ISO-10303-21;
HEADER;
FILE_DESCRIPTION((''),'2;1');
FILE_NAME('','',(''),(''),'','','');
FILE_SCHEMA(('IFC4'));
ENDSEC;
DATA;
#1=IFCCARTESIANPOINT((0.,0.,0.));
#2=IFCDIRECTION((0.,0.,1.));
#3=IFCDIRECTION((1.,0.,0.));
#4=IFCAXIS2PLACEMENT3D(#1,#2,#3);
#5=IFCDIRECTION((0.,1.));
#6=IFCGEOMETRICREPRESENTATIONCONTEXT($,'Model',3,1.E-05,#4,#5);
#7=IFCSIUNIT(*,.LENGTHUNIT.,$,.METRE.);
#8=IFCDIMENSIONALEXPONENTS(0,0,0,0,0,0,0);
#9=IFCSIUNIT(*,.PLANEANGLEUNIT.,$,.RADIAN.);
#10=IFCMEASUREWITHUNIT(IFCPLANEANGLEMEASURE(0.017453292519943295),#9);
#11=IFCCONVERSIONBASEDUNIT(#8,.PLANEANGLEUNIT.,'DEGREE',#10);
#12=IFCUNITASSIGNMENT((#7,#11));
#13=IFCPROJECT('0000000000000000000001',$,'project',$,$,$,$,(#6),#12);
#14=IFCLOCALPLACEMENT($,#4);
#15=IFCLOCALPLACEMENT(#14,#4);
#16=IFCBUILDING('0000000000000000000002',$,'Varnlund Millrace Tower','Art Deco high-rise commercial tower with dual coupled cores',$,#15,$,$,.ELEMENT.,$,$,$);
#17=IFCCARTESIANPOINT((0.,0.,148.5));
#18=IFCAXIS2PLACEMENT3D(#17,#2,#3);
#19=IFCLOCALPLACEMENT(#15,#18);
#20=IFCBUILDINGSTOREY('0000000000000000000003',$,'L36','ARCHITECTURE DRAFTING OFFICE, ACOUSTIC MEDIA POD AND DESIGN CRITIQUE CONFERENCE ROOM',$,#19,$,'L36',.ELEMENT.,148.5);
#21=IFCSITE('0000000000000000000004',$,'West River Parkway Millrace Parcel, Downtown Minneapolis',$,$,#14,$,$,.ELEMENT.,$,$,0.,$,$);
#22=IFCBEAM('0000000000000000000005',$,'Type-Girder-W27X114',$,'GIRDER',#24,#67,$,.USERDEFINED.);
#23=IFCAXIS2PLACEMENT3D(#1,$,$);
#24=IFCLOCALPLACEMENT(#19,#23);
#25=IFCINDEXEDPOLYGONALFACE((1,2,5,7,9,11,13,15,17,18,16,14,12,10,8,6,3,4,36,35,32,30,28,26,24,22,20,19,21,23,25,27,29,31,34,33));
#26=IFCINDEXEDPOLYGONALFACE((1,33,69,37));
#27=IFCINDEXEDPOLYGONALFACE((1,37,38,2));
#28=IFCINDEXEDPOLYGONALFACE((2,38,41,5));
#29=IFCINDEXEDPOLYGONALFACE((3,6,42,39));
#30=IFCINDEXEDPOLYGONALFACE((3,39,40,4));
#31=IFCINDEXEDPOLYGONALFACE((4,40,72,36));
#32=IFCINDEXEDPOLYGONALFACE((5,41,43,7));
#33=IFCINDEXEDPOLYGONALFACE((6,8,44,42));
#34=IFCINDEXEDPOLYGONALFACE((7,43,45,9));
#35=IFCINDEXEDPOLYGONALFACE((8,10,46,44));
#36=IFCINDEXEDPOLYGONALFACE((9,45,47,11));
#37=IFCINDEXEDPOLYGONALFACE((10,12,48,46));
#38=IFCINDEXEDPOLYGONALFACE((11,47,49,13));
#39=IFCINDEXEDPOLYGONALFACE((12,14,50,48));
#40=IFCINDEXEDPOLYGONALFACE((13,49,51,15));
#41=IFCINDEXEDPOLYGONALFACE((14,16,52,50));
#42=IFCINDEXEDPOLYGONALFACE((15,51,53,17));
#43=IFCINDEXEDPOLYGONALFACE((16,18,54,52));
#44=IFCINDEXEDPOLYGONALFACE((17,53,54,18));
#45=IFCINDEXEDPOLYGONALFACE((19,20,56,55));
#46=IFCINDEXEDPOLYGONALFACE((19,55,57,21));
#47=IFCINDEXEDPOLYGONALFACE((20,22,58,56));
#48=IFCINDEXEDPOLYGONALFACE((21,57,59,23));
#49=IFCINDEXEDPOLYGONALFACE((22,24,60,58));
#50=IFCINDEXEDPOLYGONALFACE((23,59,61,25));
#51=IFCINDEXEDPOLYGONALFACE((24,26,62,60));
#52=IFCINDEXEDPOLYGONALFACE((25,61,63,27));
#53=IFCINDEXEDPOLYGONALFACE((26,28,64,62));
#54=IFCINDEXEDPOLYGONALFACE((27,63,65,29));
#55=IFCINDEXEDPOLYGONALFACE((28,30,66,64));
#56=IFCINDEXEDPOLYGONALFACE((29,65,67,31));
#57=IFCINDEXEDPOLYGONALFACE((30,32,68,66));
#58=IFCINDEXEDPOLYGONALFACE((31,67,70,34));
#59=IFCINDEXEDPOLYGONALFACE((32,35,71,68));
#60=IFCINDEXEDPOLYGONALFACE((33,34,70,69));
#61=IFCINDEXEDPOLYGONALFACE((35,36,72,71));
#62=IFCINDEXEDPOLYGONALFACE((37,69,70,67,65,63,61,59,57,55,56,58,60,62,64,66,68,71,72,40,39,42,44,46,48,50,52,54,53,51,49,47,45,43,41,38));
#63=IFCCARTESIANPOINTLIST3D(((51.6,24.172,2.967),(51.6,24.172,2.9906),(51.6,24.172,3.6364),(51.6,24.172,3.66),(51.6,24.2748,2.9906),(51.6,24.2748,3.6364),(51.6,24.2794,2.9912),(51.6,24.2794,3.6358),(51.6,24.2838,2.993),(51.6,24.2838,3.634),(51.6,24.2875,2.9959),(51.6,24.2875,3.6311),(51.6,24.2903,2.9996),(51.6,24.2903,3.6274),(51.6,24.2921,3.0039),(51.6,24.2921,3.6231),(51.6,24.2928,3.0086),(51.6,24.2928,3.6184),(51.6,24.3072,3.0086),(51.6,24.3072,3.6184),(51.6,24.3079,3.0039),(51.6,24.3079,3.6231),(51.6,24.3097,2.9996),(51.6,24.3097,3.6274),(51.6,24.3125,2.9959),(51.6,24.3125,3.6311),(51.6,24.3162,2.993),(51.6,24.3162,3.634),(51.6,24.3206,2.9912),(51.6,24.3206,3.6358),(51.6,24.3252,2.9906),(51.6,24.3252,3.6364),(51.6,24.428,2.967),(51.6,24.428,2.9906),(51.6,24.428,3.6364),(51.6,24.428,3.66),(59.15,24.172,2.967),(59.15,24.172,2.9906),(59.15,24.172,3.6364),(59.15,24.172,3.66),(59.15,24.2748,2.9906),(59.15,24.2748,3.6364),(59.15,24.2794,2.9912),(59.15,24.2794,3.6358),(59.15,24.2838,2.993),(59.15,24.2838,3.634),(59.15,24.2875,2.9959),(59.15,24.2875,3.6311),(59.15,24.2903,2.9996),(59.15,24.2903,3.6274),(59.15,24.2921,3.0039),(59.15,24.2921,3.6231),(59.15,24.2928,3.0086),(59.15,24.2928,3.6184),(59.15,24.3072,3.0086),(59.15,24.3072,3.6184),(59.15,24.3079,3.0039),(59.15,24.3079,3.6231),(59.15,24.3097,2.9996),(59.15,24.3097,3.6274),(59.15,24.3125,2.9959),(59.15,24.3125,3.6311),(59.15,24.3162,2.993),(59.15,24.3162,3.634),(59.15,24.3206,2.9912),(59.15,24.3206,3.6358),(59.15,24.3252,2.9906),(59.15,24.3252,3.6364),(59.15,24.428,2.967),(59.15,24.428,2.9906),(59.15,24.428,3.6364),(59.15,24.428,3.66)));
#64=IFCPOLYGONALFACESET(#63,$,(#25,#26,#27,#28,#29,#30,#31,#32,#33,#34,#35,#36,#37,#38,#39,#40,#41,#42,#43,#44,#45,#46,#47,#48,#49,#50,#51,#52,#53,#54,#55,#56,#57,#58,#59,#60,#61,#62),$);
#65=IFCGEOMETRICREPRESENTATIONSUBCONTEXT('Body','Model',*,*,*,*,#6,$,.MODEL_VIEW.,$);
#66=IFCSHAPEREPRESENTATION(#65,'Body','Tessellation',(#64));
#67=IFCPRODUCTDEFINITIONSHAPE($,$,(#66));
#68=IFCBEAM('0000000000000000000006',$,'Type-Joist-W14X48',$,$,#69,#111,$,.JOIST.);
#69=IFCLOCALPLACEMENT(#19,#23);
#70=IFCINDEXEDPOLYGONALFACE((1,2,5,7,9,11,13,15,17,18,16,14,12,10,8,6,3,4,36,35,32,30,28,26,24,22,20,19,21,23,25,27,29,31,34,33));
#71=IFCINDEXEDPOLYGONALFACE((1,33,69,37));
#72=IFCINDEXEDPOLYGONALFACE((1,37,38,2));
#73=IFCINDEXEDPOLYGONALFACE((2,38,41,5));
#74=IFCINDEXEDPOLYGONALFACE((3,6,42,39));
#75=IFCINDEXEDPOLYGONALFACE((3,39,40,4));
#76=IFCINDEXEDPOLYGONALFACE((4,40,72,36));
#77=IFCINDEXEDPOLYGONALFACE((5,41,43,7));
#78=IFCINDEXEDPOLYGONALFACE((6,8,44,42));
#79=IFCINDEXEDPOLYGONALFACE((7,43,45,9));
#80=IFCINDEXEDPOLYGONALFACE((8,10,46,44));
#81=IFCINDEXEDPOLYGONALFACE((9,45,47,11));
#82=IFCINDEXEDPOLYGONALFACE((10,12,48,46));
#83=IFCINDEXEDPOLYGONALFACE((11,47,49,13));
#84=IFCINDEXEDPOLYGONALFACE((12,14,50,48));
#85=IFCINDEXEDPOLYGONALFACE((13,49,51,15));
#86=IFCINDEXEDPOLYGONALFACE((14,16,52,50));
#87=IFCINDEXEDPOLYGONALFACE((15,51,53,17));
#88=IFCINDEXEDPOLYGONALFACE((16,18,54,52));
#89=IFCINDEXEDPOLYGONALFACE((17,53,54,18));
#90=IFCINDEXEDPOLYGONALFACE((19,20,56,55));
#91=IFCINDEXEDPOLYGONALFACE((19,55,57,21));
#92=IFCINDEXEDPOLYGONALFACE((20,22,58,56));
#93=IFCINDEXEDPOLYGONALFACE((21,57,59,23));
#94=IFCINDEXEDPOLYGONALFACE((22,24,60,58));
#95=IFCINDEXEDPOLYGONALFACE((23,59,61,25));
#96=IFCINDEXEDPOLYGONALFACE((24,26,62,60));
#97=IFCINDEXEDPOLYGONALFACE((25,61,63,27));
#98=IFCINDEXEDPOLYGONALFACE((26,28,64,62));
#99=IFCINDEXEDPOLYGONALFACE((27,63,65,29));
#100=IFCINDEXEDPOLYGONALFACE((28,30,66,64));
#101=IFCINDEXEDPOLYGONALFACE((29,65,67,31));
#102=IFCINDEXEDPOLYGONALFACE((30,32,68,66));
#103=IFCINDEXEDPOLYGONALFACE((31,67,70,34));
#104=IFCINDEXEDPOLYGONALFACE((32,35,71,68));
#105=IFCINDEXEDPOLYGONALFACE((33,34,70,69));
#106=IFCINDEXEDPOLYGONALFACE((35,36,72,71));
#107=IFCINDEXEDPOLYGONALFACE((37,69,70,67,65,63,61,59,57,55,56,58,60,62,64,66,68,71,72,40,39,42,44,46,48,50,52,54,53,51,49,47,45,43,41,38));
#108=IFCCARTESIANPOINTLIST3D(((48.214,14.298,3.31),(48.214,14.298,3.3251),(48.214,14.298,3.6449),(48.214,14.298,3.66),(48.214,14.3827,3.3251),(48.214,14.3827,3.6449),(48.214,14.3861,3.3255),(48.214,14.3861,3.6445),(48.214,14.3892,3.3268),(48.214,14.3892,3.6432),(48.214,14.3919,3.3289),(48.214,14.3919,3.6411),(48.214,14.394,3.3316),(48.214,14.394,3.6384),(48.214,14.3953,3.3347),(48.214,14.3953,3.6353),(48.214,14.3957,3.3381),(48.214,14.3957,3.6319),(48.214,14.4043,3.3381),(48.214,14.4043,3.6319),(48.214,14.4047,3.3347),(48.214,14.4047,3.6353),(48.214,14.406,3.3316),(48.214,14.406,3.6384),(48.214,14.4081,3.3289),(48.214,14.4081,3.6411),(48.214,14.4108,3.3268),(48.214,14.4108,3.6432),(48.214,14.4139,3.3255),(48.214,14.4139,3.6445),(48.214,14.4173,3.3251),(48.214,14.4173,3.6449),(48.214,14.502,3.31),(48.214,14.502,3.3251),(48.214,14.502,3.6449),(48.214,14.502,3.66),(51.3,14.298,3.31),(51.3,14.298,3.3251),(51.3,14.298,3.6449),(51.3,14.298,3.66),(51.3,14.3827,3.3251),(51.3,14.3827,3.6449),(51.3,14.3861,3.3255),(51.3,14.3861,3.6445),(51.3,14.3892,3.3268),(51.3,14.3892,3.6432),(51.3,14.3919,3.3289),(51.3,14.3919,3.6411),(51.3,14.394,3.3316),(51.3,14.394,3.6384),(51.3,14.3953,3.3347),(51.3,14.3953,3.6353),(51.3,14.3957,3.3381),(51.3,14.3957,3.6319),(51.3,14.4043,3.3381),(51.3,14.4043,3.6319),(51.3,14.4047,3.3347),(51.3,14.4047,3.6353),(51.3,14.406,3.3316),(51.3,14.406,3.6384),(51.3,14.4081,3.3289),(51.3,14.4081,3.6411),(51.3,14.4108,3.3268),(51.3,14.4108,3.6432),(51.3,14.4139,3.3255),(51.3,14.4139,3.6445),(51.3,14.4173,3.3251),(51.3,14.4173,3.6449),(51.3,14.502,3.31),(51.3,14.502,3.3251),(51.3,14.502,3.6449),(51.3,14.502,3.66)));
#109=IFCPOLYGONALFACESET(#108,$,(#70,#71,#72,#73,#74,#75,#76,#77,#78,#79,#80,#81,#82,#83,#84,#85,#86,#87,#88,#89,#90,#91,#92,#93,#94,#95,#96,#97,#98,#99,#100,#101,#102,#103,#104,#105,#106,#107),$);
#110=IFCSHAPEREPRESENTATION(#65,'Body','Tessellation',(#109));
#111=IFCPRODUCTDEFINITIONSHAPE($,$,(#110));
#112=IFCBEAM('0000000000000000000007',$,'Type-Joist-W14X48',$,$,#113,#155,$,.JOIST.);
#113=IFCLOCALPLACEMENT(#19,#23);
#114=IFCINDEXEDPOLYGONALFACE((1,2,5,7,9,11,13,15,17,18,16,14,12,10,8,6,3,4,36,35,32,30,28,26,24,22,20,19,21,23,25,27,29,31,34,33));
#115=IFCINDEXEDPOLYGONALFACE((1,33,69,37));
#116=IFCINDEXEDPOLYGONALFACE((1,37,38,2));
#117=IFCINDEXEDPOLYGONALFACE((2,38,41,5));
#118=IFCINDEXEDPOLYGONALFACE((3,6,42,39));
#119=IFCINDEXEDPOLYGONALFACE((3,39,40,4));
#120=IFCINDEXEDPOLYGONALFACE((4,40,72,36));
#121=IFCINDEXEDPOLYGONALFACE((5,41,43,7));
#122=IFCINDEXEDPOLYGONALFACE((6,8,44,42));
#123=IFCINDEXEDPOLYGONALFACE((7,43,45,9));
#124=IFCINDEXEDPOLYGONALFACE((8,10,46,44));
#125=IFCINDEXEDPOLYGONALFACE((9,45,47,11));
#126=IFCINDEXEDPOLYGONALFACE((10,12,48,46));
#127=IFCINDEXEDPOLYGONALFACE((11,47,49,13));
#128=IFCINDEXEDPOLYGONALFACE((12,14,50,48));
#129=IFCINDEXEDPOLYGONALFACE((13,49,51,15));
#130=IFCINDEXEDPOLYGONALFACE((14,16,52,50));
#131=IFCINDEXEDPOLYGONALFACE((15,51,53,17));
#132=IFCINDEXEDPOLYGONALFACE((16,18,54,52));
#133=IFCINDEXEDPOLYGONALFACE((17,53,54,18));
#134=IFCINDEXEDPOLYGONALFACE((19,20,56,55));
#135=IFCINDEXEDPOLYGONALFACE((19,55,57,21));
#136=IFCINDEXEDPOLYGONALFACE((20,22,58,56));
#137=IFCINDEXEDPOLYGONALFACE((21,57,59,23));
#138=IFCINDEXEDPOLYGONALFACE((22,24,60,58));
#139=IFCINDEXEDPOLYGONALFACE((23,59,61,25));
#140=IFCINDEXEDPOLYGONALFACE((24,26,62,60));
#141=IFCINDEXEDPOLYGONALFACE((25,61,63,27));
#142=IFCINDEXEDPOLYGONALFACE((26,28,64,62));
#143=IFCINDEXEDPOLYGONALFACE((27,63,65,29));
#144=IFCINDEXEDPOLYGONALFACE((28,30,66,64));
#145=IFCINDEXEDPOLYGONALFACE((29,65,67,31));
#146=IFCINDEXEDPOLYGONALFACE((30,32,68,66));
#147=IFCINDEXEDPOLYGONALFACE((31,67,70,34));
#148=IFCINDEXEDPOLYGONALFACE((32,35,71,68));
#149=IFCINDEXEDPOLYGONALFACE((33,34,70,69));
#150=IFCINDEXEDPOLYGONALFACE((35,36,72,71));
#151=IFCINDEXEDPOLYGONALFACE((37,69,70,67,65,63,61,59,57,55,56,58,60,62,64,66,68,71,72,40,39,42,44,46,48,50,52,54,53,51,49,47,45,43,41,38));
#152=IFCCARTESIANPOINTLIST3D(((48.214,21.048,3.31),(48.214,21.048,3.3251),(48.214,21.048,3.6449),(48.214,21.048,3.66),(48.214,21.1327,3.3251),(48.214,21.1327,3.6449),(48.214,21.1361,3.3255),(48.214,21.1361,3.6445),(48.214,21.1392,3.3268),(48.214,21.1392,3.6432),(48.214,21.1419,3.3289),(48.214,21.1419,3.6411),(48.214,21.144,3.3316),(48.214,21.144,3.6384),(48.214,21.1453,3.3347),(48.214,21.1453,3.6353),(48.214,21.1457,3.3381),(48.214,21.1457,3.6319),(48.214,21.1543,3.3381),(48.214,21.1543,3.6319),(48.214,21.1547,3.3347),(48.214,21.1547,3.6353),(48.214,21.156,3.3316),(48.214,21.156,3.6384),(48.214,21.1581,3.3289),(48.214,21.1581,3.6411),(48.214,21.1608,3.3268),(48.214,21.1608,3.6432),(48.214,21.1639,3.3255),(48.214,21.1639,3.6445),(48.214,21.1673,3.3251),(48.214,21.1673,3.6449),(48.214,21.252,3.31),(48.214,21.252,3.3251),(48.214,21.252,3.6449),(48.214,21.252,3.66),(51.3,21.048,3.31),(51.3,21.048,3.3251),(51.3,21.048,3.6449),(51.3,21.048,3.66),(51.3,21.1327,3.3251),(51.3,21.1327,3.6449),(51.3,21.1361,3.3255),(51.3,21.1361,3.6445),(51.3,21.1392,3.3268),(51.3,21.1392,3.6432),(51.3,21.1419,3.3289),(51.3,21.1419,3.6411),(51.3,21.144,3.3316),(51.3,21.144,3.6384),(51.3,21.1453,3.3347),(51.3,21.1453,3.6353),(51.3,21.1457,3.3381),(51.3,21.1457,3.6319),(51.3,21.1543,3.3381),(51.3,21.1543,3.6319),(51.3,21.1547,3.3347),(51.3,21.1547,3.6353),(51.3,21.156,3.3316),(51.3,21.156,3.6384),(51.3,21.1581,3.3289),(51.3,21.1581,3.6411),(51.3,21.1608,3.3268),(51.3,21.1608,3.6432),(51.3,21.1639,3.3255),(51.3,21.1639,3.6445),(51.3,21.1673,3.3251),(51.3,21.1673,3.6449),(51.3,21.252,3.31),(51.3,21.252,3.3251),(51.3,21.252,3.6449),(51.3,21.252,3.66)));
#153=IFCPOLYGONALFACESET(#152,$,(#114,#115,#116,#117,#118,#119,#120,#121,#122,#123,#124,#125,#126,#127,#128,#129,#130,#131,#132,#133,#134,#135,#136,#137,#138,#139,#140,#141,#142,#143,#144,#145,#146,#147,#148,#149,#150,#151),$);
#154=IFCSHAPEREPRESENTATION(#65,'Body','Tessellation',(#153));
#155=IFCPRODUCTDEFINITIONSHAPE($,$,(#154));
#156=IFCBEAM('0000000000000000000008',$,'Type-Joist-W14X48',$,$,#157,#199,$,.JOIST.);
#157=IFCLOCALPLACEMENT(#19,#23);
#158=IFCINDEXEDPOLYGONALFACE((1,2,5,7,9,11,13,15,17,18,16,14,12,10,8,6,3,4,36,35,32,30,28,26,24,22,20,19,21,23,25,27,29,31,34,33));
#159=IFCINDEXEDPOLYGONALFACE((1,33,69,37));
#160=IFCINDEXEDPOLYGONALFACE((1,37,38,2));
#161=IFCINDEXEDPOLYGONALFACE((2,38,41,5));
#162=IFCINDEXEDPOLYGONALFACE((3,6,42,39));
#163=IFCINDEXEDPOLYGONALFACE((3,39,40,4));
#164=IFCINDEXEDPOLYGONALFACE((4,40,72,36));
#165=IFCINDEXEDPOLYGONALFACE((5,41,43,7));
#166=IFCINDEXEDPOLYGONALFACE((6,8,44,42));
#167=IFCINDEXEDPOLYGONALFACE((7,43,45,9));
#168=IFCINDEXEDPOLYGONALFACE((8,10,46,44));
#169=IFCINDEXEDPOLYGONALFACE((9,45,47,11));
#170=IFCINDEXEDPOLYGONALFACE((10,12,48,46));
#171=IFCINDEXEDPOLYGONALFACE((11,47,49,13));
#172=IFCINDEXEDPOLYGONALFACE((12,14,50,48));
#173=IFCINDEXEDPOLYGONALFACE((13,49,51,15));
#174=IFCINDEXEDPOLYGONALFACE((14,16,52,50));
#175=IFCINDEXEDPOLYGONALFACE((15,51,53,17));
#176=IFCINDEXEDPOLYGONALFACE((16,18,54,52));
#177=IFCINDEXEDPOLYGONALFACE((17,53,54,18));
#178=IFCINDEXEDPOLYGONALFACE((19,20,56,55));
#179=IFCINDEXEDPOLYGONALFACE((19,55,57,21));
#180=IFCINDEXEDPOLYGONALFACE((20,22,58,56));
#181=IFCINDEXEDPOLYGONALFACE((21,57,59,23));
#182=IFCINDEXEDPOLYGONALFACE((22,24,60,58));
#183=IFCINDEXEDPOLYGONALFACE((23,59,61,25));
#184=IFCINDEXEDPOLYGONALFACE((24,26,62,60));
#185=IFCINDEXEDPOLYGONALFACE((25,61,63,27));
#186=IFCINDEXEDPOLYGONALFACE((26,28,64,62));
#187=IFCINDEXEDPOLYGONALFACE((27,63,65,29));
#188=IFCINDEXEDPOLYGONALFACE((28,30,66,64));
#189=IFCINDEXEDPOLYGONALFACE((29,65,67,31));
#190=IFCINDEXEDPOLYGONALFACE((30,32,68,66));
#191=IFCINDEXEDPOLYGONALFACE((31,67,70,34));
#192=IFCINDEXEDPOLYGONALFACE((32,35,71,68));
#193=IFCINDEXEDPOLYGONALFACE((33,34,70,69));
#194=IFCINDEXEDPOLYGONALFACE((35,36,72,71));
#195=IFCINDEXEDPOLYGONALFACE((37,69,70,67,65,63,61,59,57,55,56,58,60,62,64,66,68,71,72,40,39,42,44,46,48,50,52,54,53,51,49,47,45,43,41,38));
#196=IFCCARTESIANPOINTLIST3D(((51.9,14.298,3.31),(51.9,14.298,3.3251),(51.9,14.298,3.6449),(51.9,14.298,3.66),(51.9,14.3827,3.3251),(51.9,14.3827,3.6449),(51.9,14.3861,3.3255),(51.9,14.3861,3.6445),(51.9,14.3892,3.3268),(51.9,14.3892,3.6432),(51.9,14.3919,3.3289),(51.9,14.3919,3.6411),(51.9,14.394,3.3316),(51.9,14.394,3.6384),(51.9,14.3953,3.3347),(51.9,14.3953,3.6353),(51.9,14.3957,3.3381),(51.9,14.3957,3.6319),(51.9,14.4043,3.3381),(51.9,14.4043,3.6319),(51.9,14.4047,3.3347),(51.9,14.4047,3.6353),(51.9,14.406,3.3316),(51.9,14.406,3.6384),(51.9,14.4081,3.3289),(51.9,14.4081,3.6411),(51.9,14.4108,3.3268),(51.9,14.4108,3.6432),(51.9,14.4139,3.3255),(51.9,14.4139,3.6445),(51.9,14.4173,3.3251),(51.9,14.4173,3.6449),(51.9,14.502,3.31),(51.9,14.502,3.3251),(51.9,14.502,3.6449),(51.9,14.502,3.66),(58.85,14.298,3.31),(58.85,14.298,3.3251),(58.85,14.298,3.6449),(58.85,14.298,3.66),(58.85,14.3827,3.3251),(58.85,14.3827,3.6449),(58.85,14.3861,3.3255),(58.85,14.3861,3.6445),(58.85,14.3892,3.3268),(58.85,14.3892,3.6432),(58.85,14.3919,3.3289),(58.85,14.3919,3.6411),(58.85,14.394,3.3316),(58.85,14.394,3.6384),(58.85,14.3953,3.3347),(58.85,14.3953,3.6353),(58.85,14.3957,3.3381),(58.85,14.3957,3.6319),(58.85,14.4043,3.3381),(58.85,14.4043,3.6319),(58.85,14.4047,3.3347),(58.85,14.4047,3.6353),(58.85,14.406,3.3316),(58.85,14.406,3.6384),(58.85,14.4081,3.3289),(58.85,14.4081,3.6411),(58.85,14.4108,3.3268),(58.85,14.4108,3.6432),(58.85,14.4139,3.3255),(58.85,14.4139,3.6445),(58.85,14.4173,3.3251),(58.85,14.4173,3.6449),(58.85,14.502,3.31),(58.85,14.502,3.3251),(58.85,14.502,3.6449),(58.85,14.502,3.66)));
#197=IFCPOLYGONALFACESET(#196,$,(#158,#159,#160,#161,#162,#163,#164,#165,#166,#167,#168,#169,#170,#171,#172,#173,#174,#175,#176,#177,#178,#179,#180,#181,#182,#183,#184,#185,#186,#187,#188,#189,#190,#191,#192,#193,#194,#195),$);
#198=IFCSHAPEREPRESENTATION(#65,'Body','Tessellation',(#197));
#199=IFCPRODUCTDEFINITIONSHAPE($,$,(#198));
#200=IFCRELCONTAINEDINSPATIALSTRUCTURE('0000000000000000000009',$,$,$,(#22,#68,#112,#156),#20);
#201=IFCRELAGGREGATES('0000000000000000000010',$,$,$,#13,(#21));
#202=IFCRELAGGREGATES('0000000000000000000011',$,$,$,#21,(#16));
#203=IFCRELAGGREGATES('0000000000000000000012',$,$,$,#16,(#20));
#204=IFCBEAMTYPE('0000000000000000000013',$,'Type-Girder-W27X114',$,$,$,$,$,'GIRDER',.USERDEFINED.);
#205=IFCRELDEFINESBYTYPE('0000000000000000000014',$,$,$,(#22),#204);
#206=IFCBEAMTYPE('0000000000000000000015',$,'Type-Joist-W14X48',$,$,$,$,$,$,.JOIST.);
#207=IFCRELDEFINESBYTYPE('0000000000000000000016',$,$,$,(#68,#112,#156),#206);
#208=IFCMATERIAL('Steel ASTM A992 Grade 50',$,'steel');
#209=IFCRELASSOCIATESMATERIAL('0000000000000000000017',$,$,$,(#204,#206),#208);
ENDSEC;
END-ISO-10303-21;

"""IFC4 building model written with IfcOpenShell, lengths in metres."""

from ifc_helpers import new_model, entity, si_unit, converted_unit, direction, frame, origin_with_axes, origin_2d_with_axis, place, context, subcontext, project, spatial, i_section, extrude, material, material_profile, profile_set, type_object, element, save


model = new_model("IFC4")

# Units and contexts
model_context = context("Model", 3, precision=1e-05, world=origin_with_axes(), true_north=direction((0.0, 1.0)))
body_context = subcontext(model_context, "Body", "Model", "MODEL_VIEW")
ifc_project = project(units=[si_unit("LENGTHUNIT", "METRE"), converted_unit("PLANEANGLEUNIT", "DEGREE", entity("IfcPlaneAngleMeasure", 0.017453292519943295), si_unit("PLANEANGLEUNIT", "RADIAN"), dimensions=[0, 0, 0, 0, 0, 0, 0])], contexts=[model_context])

# Site, building, storey
site_placement = place(None, origin_with_axes())
site = spatial("IfcSite", under=ifc_project, at=site_placement, Name="West River Parkway Millrace Parcel, Downtown Minneapolis", CompositionType="ELEMENT", RefElevation=0.0)
building_placement = place(site_placement, origin_with_axes())
building = spatial("IfcBuilding", under=site, at=building_placement, Name="Varnlund Millrace Tower", Description="Art Deco high-rise commercial tower with dual coupled cores", CompositionType="ELEMENT")
storey_placement = place(building_placement, frame((0.0, 0.0, 148.5), z_axis=(0.0, 0.0, 1.0), x_axis=(1.0, 0.0, 0.0)))
storey = spatial("IfcBuildingStorey", under=building, at=storey_placement, Name="L36", Description="ARCHITECTURE DRAFTING OFFICE, ACOUSTIC MEDIA POD AND DESIGN CRITIQUE CONFERENCE ROOM", LongName="L36", CompositionType="ELEMENT", Elevation=148.5)

# Beams
ifc_material_1 = material(Name="Steel ASTM A992 Grade 50", Category="steel")
ifc_material_profile_1 = material_profile(ifc_material_1, i_section(OverallWidth=0.256, OverallDepth=0.693, WebThickness=0.0145, FlangeThickness=0.0236, FilletRadius=0.018, at=origin_2d_with_axis()), Name="Steel ASTM A992 Grade 50")
ifc_profile_set_1 = profile_set([ifc_material_profile_1], Name="Steel ASTM A992 Grade 50")
beam_type_1 = type_object("IfcBeamType", Name="Type-Girder-W27X114", ElementType="GIRDER", PredefinedType="USERDEFINED", material=ifc_profile_set_1)
beam_1_placement = place(storey_placement, frame((51.6, 24.3, 3.3135), z_axis=(1.0, 0.0, 0.0), x_axis=(0.0, 1.0, 0.0)))
element("IfcBeam", 1, at=beam_1_placement, inside=storey, type_object=beam_type_1, Name="Type-Girder-W27X114", ObjectType="GIRDER", PredefinedType="USERDEFINED", context=body_context, shape_type="SweptSolid", body=[
    extrude(i_section(OverallWidth=0.256, OverallDepth=0.693, WebThickness=0.0145, FlangeThickness=0.0236, FilletRadius=0.018, at=origin_2d_with_axis()), origin_with_axes(), (0.0, 0.0, 1.0), 7.55),
])
ifc_material_profile_2 = material_profile(ifc_material_1, i_section(OverallWidth=0.204, OverallDepth=0.35, WebThickness=0.0086, FlangeThickness=0.0151, FilletRadius=0.013, at=origin_2d_with_axis()), Name="Steel ASTM A992 Grade 50")
ifc_profile_set_2 = profile_set([ifc_material_profile_2], Name="Steel ASTM A992 Grade 50")
beam_type_2 = type_object("IfcBeamType", Name="Type-Joist-W14X48", PredefinedType="JOIST", material=ifc_profile_set_2)
for number, where, z_axis, x_axis, name in (
    (2, (48.214, 14.4, 3.485), (1.0, 0.0, 0.0), (0.0, 1.0, 0.0), "Type-Joist-W14X48"),
    (3, (48.214, 21.15, 3.485), (1.0, 0.0, 0.0), (0.0, 1.0, 0.0), "Type-Joist-W14X48"),
):
    element("IfcBeam", number, at=place(storey_placement, frame(where, z_axis=z_axis, x_axis=x_axis)), inside=storey, type_object=beam_type_2, Name=name, PredefinedType="JOIST", context=body_context, shape_type="SweptSolid", body=[
        extrude(i_section(OverallWidth=0.204, OverallDepth=0.35, WebThickness=0.0086, FlangeThickness=0.0151, FilletRadius=0.013, at=origin_2d_with_axis()), origin_with_axes(), (0.0, 0.0, 1.0), 3.086),
    ])
for number, where, z_axis, x_axis, name in (
    (4, (51.9, 14.4, 3.485), (1.0, 0.0, 0.0), (0.0, 1.0, 0.0), "Type-Joist-W14X48"),
):
    element("IfcBeam", number, at=place(storey_placement, frame(where, z_axis=z_axis, x_axis=x_axis)), inside=storey, type_object=beam_type_2, Name=name, PredefinedType="JOIST", context=body_context, shape_type="SweptSolid", body=[
        extrude(i_section(OverallWidth=0.204, OverallDepth=0.35, WebThickness=0.0086, FlangeThickness=0.0151, FilletRadius=0.013, at=origin_2d_with_axis()), origin_with_axes(), (0.0, 0.0, 1.0), 6.95),
    ])

save(model, "model.ifc")
